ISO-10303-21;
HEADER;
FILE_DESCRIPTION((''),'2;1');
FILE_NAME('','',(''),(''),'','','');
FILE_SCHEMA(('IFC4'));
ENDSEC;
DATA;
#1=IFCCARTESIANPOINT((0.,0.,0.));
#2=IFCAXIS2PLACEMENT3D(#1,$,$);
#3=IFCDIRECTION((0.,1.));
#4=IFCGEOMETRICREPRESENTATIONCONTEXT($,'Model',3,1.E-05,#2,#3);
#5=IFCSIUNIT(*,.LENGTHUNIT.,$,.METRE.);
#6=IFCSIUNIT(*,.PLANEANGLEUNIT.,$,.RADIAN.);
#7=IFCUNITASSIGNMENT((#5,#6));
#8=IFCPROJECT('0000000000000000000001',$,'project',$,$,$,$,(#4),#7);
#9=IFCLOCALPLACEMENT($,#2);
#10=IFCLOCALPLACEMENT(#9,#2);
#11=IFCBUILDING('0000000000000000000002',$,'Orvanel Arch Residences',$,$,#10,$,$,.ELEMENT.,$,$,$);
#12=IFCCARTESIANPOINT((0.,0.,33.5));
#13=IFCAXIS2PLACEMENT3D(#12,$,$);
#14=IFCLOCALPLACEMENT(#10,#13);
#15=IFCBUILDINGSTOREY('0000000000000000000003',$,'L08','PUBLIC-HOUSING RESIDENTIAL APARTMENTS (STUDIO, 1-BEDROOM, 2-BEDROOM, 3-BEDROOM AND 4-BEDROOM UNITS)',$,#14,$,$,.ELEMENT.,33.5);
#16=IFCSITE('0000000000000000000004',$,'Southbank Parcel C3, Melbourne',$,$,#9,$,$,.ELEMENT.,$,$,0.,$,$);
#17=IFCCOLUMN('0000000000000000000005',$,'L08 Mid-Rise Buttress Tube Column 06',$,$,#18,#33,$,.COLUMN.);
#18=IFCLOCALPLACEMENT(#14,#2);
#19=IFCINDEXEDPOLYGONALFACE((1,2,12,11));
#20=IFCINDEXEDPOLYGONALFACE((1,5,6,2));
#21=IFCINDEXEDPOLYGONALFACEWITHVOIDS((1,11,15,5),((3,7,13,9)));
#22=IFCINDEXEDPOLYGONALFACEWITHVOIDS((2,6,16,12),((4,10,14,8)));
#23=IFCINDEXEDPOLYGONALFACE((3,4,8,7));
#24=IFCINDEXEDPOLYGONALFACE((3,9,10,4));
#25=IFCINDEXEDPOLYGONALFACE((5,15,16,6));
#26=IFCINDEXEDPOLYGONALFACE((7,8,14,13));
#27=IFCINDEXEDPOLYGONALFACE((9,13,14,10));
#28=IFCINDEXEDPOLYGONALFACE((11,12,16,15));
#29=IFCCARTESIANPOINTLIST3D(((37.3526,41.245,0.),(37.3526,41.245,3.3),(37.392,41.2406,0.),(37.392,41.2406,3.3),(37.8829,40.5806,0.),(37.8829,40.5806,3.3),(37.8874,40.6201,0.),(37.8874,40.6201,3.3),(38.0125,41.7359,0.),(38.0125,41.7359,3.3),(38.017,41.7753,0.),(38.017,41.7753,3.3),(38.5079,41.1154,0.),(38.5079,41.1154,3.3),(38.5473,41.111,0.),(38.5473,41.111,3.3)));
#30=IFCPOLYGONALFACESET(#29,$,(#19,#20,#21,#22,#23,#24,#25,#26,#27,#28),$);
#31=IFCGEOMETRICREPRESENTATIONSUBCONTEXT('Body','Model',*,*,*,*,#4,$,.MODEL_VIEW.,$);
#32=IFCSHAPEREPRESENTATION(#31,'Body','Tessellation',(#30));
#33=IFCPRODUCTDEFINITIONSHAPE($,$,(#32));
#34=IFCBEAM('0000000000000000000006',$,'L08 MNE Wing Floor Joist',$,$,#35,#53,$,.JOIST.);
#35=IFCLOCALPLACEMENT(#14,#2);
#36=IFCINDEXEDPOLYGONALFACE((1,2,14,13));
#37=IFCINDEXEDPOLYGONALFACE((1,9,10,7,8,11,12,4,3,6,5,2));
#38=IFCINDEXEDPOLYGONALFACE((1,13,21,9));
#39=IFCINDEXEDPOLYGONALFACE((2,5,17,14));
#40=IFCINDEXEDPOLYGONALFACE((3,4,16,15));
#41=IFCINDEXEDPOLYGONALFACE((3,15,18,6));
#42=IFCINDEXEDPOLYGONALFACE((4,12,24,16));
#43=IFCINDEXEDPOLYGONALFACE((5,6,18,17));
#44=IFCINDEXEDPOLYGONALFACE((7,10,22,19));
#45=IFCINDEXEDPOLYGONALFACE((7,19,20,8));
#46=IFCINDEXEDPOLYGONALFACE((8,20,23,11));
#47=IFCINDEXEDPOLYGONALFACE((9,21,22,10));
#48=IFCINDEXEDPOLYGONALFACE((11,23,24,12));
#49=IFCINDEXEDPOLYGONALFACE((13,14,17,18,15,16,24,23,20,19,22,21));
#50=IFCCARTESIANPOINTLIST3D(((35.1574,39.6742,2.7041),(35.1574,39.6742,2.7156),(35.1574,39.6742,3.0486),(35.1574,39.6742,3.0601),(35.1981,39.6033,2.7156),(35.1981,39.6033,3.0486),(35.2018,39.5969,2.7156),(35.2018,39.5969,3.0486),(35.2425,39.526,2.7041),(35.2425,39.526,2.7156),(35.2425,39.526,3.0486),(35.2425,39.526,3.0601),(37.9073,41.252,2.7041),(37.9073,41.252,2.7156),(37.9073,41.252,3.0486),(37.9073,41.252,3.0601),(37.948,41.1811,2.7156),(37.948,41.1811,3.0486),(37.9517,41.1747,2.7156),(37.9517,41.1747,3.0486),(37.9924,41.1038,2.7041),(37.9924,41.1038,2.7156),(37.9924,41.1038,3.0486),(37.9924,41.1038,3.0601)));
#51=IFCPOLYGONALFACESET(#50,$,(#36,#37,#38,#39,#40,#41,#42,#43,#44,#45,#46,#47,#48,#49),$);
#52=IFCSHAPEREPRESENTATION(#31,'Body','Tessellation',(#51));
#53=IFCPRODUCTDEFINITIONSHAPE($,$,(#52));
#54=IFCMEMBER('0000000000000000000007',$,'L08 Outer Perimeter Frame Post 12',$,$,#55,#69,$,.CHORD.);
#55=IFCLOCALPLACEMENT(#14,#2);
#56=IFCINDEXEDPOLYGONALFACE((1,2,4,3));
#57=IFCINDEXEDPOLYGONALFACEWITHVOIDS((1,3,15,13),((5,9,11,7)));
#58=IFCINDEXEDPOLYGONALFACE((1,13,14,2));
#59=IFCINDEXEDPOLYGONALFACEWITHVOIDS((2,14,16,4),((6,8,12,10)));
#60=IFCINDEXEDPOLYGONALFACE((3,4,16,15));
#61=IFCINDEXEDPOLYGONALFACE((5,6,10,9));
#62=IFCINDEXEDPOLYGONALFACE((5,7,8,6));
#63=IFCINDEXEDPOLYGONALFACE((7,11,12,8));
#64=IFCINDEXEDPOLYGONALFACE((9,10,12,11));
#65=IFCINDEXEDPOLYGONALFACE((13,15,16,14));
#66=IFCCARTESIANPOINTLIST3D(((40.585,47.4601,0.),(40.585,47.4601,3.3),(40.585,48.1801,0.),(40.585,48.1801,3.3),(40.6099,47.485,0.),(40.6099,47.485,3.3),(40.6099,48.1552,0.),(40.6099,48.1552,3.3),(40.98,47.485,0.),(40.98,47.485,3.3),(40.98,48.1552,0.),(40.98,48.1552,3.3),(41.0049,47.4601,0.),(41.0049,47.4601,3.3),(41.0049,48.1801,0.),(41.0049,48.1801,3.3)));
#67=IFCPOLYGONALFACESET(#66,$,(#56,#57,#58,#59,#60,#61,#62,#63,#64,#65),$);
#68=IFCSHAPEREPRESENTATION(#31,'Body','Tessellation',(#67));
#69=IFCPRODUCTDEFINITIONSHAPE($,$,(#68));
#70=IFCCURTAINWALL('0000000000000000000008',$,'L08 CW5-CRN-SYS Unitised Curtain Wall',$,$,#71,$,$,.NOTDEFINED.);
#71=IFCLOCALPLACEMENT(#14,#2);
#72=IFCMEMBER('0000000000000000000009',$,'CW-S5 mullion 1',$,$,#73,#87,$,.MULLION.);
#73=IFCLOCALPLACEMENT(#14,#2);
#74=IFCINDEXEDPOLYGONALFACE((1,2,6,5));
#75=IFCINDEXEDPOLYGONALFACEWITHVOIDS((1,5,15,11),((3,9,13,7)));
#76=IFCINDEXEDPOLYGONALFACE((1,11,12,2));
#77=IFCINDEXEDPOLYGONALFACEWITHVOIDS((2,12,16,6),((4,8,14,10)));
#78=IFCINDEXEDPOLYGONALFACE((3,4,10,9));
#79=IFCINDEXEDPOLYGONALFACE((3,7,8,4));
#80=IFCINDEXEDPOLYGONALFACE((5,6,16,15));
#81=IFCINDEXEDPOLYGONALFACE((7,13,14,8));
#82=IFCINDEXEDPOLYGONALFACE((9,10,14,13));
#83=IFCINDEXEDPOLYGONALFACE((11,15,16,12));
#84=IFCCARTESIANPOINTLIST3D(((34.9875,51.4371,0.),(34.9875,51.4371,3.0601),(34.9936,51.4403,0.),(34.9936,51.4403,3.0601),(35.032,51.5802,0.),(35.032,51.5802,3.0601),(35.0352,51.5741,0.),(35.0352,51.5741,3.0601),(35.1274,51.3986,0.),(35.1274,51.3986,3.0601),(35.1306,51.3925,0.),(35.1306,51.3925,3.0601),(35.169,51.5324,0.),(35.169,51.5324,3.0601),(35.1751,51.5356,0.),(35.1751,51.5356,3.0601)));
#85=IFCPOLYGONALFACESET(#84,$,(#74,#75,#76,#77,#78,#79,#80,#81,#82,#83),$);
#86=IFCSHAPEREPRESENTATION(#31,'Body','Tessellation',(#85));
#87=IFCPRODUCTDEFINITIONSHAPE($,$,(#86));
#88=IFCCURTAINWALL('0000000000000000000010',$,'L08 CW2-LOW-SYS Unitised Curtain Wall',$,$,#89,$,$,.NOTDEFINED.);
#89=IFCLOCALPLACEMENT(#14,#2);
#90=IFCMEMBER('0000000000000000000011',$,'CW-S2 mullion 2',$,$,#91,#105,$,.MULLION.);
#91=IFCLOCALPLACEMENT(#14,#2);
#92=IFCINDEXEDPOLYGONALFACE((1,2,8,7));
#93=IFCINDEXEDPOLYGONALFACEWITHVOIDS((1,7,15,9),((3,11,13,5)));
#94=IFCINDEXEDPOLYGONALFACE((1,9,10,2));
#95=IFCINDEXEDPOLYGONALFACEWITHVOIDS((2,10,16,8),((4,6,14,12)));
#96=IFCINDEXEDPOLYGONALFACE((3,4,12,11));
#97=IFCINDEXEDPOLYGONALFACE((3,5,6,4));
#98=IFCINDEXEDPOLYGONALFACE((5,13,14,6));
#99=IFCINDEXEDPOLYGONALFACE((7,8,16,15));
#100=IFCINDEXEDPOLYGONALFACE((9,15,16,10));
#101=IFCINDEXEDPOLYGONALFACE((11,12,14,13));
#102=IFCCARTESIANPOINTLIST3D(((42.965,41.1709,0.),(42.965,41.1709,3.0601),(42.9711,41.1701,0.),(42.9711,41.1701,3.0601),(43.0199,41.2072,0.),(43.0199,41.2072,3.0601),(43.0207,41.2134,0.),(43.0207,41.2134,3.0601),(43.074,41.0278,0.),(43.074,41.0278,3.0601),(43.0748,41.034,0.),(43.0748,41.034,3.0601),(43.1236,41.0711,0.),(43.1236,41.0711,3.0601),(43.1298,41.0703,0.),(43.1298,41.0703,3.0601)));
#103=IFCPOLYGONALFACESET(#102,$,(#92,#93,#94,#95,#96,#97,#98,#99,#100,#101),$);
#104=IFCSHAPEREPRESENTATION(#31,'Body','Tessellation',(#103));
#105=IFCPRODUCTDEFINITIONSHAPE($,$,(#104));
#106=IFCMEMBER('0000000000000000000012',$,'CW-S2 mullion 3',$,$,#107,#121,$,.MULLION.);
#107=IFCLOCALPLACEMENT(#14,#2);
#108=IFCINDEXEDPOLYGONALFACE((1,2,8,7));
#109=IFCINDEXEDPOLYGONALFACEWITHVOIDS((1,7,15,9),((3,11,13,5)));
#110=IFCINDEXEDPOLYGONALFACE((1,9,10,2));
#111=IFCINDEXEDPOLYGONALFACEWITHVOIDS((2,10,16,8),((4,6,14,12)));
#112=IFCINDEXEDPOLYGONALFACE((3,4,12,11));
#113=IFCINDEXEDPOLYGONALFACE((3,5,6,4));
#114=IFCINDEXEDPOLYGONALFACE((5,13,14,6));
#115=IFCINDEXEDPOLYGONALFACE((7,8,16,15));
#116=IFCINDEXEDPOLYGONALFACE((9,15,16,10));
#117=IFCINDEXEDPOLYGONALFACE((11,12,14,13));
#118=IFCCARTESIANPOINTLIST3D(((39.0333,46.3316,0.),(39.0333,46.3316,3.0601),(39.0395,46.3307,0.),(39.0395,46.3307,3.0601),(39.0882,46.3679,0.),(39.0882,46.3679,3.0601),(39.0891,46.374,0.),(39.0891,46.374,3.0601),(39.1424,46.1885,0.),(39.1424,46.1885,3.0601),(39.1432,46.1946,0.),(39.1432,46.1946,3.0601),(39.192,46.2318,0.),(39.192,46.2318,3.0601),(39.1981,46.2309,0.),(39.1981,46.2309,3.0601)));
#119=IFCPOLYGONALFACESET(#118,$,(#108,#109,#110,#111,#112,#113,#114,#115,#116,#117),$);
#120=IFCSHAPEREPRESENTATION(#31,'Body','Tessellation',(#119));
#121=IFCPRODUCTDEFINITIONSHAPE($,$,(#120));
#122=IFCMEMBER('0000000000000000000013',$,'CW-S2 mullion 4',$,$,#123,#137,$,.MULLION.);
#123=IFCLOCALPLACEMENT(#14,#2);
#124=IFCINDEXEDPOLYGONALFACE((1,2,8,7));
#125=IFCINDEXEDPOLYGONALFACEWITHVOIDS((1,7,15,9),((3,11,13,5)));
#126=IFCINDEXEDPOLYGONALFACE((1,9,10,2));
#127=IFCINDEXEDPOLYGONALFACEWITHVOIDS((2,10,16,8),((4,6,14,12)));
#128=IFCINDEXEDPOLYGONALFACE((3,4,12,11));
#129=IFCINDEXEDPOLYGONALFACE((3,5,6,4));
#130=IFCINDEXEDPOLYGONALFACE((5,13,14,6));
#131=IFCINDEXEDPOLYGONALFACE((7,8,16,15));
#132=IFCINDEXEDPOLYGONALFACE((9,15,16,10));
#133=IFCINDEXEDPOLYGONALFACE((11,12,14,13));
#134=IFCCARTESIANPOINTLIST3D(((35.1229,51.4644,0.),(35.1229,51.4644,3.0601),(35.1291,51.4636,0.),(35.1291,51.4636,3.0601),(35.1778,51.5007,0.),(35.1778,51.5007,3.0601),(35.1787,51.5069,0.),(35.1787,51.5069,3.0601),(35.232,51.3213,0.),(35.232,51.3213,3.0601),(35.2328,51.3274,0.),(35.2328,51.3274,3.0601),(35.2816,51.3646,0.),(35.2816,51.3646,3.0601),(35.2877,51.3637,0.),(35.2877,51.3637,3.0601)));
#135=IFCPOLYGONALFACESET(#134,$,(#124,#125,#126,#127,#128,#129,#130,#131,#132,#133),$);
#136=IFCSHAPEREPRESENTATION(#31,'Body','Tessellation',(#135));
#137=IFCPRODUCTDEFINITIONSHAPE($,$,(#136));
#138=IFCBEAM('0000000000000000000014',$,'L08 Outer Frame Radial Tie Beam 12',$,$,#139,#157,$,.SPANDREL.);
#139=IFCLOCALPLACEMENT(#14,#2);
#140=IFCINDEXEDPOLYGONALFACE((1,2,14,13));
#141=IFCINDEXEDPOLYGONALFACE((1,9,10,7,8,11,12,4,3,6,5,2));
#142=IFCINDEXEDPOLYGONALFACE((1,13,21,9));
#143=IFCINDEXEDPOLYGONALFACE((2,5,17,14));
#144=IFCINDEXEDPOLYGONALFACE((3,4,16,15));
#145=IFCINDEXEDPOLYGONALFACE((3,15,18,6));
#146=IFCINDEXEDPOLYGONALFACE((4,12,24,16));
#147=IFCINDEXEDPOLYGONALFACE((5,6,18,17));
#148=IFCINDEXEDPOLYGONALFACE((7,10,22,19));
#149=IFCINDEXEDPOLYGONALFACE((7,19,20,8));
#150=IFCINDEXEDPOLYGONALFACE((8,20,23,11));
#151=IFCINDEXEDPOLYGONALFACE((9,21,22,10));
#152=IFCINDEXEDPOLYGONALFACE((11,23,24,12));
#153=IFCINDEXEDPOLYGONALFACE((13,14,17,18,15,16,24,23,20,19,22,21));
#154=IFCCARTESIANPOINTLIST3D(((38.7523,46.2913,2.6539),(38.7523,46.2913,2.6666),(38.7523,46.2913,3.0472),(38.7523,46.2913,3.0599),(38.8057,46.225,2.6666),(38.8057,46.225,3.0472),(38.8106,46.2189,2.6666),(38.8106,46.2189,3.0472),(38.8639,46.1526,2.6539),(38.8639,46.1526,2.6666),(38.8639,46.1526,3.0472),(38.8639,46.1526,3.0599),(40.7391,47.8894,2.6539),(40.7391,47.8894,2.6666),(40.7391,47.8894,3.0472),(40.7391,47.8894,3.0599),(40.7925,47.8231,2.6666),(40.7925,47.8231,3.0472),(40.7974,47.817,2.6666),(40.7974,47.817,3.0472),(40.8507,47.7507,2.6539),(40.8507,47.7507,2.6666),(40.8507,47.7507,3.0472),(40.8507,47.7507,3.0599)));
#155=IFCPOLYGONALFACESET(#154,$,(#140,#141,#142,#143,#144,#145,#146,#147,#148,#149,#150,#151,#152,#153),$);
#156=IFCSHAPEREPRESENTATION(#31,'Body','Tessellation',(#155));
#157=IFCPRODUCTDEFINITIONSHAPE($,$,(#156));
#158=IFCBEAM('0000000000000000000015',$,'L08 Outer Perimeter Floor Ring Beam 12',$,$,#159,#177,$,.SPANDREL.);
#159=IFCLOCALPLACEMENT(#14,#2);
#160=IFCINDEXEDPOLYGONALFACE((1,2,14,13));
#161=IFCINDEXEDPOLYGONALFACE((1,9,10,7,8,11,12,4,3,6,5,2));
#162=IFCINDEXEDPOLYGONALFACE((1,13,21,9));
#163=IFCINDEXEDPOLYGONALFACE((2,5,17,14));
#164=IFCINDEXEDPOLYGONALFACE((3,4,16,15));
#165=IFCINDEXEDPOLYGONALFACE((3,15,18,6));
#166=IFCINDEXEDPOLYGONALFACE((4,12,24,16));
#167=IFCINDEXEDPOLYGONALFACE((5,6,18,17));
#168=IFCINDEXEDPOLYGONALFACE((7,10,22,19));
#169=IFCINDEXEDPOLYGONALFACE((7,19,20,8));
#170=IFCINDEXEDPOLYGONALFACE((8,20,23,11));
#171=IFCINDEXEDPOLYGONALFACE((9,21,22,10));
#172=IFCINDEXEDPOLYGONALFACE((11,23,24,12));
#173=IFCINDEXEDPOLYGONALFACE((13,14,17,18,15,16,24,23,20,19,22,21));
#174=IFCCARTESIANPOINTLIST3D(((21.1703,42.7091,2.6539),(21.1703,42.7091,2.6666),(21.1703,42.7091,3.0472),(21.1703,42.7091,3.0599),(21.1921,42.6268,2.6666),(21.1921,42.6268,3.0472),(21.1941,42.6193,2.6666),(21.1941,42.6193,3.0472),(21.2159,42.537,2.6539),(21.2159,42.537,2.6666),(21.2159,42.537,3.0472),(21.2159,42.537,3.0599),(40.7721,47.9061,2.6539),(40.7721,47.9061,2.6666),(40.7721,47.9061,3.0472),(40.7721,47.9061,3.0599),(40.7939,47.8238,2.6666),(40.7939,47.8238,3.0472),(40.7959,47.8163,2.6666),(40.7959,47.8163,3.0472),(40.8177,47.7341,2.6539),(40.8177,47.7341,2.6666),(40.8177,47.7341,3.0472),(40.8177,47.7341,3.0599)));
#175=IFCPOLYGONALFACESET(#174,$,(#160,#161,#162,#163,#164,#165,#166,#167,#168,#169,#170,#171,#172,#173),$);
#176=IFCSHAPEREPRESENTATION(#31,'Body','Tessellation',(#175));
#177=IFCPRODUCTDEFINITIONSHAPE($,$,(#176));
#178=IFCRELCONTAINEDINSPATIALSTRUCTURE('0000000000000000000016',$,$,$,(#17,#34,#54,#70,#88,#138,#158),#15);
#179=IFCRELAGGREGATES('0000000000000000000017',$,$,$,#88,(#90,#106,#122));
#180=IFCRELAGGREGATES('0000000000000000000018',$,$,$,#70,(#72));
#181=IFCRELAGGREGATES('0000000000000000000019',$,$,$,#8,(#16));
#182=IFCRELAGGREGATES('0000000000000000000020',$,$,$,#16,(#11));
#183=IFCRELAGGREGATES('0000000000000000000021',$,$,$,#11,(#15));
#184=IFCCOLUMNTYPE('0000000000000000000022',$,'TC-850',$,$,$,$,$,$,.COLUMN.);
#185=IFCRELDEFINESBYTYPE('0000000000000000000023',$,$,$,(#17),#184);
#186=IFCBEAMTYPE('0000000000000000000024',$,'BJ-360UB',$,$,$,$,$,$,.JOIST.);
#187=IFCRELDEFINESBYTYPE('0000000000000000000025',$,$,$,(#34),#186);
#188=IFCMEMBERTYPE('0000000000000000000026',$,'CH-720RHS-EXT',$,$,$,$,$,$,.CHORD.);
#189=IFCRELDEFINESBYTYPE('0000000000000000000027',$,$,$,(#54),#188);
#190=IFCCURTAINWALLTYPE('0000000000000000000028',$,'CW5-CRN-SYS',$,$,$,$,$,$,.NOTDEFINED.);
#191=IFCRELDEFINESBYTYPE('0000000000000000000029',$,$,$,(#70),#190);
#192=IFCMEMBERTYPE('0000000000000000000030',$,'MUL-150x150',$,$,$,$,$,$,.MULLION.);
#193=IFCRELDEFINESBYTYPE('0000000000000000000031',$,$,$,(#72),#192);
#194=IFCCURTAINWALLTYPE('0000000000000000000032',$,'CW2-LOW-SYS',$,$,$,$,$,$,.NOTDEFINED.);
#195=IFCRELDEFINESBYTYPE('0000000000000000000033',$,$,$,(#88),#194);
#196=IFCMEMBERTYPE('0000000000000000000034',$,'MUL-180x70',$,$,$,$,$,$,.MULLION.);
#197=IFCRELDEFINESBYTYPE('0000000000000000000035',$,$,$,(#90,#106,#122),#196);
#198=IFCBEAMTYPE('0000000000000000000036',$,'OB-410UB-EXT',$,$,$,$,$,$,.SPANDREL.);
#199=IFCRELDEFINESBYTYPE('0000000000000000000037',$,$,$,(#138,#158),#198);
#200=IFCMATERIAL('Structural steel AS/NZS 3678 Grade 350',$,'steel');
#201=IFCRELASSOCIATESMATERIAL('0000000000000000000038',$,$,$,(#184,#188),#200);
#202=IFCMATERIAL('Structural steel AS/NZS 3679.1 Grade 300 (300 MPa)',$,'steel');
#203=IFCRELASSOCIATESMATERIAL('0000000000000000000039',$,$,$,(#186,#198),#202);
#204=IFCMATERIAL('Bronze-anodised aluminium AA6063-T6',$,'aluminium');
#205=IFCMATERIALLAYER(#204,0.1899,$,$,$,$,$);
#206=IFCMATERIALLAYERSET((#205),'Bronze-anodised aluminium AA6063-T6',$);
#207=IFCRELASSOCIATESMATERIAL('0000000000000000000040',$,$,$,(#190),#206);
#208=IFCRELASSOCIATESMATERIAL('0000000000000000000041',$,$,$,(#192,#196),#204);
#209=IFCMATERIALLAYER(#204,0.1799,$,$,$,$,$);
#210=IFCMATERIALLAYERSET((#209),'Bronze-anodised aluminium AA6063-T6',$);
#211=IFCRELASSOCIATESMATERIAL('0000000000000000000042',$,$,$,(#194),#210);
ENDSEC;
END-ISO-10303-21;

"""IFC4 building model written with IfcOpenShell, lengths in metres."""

from ifc_helpers import new_model, si_unit, direction, frame, origin, origin_2d, place, context, subcontext, project, spatial, hollow_rectangle, i_section, extrude, material, layer, layer_set, material_profile, profile_set, type_object, element, aggregate, save


model = new_model("IFC4")

# Units and contexts
model_context = context("Model", 3, precision=1e-05, world=origin(), true_north=direction((0.0, 1.0)))
body_context = subcontext(model_context, "Body", "Model", "MODEL_VIEW")
ifc_project = project(units=[si_unit("LENGTHUNIT", "METRE"), si_unit("PLANEANGLEUNIT", "RADIAN")], contexts=[model_context])

# Site, building, storey
site_placement = place(None, origin())
site = spatial("IfcSite", under=ifc_project, at=site_placement, Name="Southbank Parcel C3, Melbourne", CompositionType="ELEMENT", RefElevation=0.0)
building_placement = place(site_placement, origin())
building = spatial("IfcBuilding", under=site, at=building_placement, Name="Orvanel Arch Residences", CompositionType="ELEMENT")
storey_placement = place(building_placement, frame((0.0, 0.0, 33.5)))
storey = spatial("IfcBuildingStorey", under=building, at=storey_placement, Name="L08", Description="PUBLIC-HOUSING RESIDENTIAL APARTMENTS (STUDIO, 1-BEDROOM, 2-BEDROOM, 3-BEDROOM AND 4-BEDROOM UNITS)", CompositionType="ELEMENT", Elevation=33.5)

# Column
ifc_material_1 = material(Name="Structural steel AS/NZS 3678 Grade 350", Category="steel")
ifc_material_profile_1 = material_profile(ifc_material_1, hollow_rectangle(XDim=0.8501, YDim=0.8501, WallThickness=0.0281, at=origin_2d()), Name="BOX850x850x28")
ifc_profile_set_1 = profile_set([ifc_material_profile_1], Name="Structural steel AS/NZS 3678 Grade 350")
column_type = type_object("IfcColumnType", Name="TC-850", PredefinedType="COLUMN", material=ifc_profile_set_1)
column_placement = place(storey_placement, frame((37.95, 41.178, 0.0), z_axis=(0.0, 0.0, 1.0), x_axis=(-0.62388, 0.78152, 0.0)))
element("IfcColumn", 1, at=column_placement, inside=storey, type_object=column_type, Name="L08 Mid-Rise Buttress Tube Column 06", PredefinedType="COLUMN", context=body_context, shape_type="SweptSolid", body=[
    extrude(hollow_rectangle(XDim=0.8501, YDim=0.8501, WallThickness=0.0281, at=origin_2d()), origin(), (0.0, 0.0, 1.0), 3.3),
])

# Beam
ifc_material_2 = material(Name="Structural steel AS/NZS 3679.1 Grade 300 (300 MPa)", Category="steel")
ifc_material_profile_2 = material_profile(ifc_material_2, i_section(OverallWidth=0.1709, OverallDepth=0.356, WebThickness=0.0073, FlangeThickness=0.0115, at=origin_2d()), Name="360UB50.7")
ifc_profile_set_2 = profile_set([ifc_material_profile_2], Name="Structural steel AS/NZS 3679.1 Grade 300 (300 MPa)")
beam_type_1 = type_object("IfcBeamType", Name="BJ-360UB", PredefinedType="JOIST", material=ifc_profile_set_2)
beam_1_placement = place(storey_placement, frame((35.2, 39.6001, 2.8821), z_axis=(0.867365, 0.497672, 0.0), x_axis=(-0.497672, 0.867365, 0.0)))
element("IfcBeam", 2, at=beam_1_placement, inside=storey, type_object=beam_type_1, Name="L08 MNE Wing Floor Joist", PredefinedType="JOIST", context=body_context, shape_type="SweptSolid", body=[
    extrude(i_section(OverallWidth=0.1709, OverallDepth=0.356, WebThickness=0.0073, FlangeThickness=0.0115, at=origin_2d()), origin(), (0.0, 0.0, 1.0), 3.1704),
])

# Member
ifc_material_profile_3 = material_profile(ifc_material_1, hollow_rectangle(XDim=0.4199, YDim=0.72, WallThickness=0.0249, at=origin_2d()), Name="RHS720x420x25")
ifc_profile_set_3 = profile_set([ifc_material_profile_3], Name="Structural steel AS/NZS 3678 Grade 350")
member_type_1 = type_object("IfcMemberType", Name="CH-720RHS-EXT", PredefinedType="CHORD", material=ifc_profile_set_3)
member_1_placement = place(storey_placement, frame((40.7949, 47.8201, 0.0), z_axis=(0.0, 0.0, 1.0), x_axis=(1.0, 0.0, 0.0)))
element("IfcMember", 3, at=member_1_placement, inside=storey, type_object=member_type_1, Name="L08 Outer Perimeter Frame Post 12", PredefinedType="CHORD", context=body_context, shape_type="SweptSolid", body=[
    extrude(hollow_rectangle(XDim=0.4199, YDim=0.72, WallThickness=0.0249, at=origin_2d()), origin(), (0.0, 0.0, 1.0), 3.3),
])

# Curtain wall, member
ifc_material_3 = material(Name="Bronze-anodised aluminium AA6063-T6", Category="aluminium")
ifc_layer_1 = layer(ifc_material_3, 0.1899)
ifc_layer_set_1 = layer_set([ifc_layer_1], Name="Bronze-anodised aluminium AA6063-T6")
curtain_wall_type_1 = type_object("IfcCurtainWallType", Name="CW5-CRN-SYS", PredefinedType="NOTDEFINED", material=ifc_layer_set_1)
curtain_wall_1_placement = place(storey_placement, origin())
curtain_wall_1 = element("IfcCurtainWall", 4, at=curtain_wall_1_placement, inside=storey, type_object=curtain_wall_type_1, Name="L08 CW5-CRN-SYS Unitised Curtain Wall", PredefinedType="NOTDEFINED")
ifc_material_profile_4 = material_profile(ifc_material_3, hollow_rectangle(XDim=0.1499, YDim=0.1499, WallThickness=0.0049, at=origin_2d()), Name="ALU150x150x5")
ifc_profile_set_4 = profile_set([ifc_material_profile_4], Name="Bronze-anodised aluminium AA6063-T6")
member_type_2 = type_object("IfcMemberType", Name="MUL-150x150", PredefinedType="MULLION", material=ifc_profile_set_4)
member_2_placement = place(storey_placement, frame((35.0813, 51.4863, 0.0), z_axis=(0.0, 0.0, 1.0), x_axis=(-0.297324, -0.954777, 0.0)))
member_2 = element("IfcMember", 5, at=member_2_placement, type_object=member_type_2, Name="CW-S5 mullion 1", PredefinedType="MULLION", context=body_context, shape_type="SweptSolid", body=[
    extrude(hollow_rectangle(XDim=0.1499, YDim=0.1499, WallThickness=0.0049, at=origin_2d()), origin(), (0.0, 0.0, 1.0), 3.0601),
])

# Curtain wall, members
ifc_layer_2 = layer(ifc_material_3, 0.1799)
ifc_layer_set_2 = layer_set([ifc_layer_2], Name="Bronze-anodised aluminium AA6063-T6")
curtain_wall_type_2 = type_object("IfcCurtainWallType", Name="CW2-LOW-SYS", PredefinedType="NOTDEFINED", material=ifc_layer_set_2)
curtain_wall_2_placement = place(storey_placement, origin())
curtain_wall_2 = element("IfcCurtainWall", 6, at=curtain_wall_2_placement, inside=storey, type_object=curtain_wall_type_2, Name="L08 CW2-LOW-SYS Unitised Curtain Wall", PredefinedType="NOTDEFINED")
ifc_material_profile_5 = material_profile(ifc_material_3, hollow_rectangle(XDim=0.0701, YDim=0.1799, WallThickness=0.0044, at=origin_2d()), Name="ALU180x70x4.5")
ifc_profile_set_5 = profile_set([ifc_material_profile_5], Name="Bronze-anodised aluminium AA6063-T6")
member_type_3 = type_object("IfcMemberType", Name="MUL-180x70", PredefinedType="MULLION", material=ifc_profile_set_5)
member_3_placement = place(storey_placement, frame((43.0474, 41.1206, 0.0), z_axis=(0.0, 0.0, 1.0), x_axis=(-0.795452, -0.606017, 0.0)))
member_3 = element("IfcMember", 7, at=member_3_placement, type_object=member_type_3, Name="CW-S2 mullion 2", PredefinedType="MULLION", context=body_context, shape_type="SweptSolid", body=[
    extrude(hollow_rectangle(XDim=0.0701, YDim=0.1799, WallThickness=0.0044, at=origin_2d()), origin(), (0.0, 0.0, 1.0), 3.0601),
])
member_4_placement = place(storey_placement, frame((39.1157, 46.2812, 0.0), z_axis=(0.0, 0.0, 1.0), x_axis=(-0.795452, -0.606017, 0.0)))
member_4 = element("IfcMember", 8, at=member_4_placement, type_object=member_type_3, Name="CW-S2 mullion 3", PredefinedType="MULLION", context=body_context, shape_type="SweptSolid", body=[
    extrude(hollow_rectangle(XDim=0.0701, YDim=0.1799, WallThickness=0.0044, at=origin_2d()), origin(), (0.0, 0.0, 1.0), 3.0601),
])
member_5_placement = place(storey_placement, frame((35.2053, 51.4141, 0.0), z_axis=(0.0, 0.0, 1.0), x_axis=(-0.795452, -0.606017, 0.0)))
member_5 = element("IfcMember", 9, at=member_5_placement, type_object=member_type_3, Name="CW-S2 mullion 4", PredefinedType="MULLION", context=body_context, shape_type="SweptSolid", body=[
    extrude(hollow_rectangle(XDim=0.0701, YDim=0.1799, WallThickness=0.0044, at=origin_2d()), origin(), (0.0, 0.0, 1.0), 3.0601),
])

# Beams
ifc_material_profile_6 = material_profile(ifc_material_2, i_section(OverallWidth=0.178, OverallDepth=0.406, WebThickness=0.0078, FlangeThickness=0.0127, at=origin_2d()), Name="410UB59.7")
ifc_profile_set_6 = profile_set([ifc_material_profile_6], Name="Structural steel AS/NZS 3679.1 Grade 300 (300 MPa)")
beam_type_2 = type_object("IfcBeamType", Name="OB-410UB-EXT", PredefinedType="SPANDREL", material=ifc_profile_set_6)
beam_2_placement = place(storey_placement, frame((38.8081, 46.2219, 2.8569), z_axis=(0.779203, 0.626771, 0.0), x_axis=(-0.626771, 0.779203, 0.0)))
element("IfcBeam", 10, at=beam_2_placement, inside=storey, type_object=beam_type_2, Name="L08 Outer Frame Radial Tie Beam 12", PredefinedType="SPANDREL", context=body_context, shape_type="SweptSolid", body=[
    extrude(i_section(OverallWidth=0.178, OverallDepth=0.406, WebThickness=0.0078, FlangeThickness=0.0127, at=origin_2d()), origin(), (0.0, 0.0, 1.0), 2.5498),
])
beam_3_placement = place(storey_placement, frame((40.7949, 47.8201, 2.8569), z_axis=(-0.966604, -0.256275, 0.0), x_axis=(0.256275, -0.966604, 0.0)))
element("IfcBeam", 11, at=beam_3_placement, inside=storey, type_object=beam_type_2, Name="L08 Outer Perimeter Floor Ring Beam 12", PredefinedType="SPANDREL", context=body_context, shape_type="SweptSolid", body=[
    extrude(i_section(OverallWidth=0.178, OverallDepth=0.406, WebThickness=0.0078, FlangeThickness=0.0127, at=origin_2d()), origin(), (0.0, 0.0, 1.0), 20.2791),
])

aggregate(curtain_wall_2, [member_3, member_4, member_5])
aggregate(curtain_wall_1, [member_2])

save(model, "model.ifc")
